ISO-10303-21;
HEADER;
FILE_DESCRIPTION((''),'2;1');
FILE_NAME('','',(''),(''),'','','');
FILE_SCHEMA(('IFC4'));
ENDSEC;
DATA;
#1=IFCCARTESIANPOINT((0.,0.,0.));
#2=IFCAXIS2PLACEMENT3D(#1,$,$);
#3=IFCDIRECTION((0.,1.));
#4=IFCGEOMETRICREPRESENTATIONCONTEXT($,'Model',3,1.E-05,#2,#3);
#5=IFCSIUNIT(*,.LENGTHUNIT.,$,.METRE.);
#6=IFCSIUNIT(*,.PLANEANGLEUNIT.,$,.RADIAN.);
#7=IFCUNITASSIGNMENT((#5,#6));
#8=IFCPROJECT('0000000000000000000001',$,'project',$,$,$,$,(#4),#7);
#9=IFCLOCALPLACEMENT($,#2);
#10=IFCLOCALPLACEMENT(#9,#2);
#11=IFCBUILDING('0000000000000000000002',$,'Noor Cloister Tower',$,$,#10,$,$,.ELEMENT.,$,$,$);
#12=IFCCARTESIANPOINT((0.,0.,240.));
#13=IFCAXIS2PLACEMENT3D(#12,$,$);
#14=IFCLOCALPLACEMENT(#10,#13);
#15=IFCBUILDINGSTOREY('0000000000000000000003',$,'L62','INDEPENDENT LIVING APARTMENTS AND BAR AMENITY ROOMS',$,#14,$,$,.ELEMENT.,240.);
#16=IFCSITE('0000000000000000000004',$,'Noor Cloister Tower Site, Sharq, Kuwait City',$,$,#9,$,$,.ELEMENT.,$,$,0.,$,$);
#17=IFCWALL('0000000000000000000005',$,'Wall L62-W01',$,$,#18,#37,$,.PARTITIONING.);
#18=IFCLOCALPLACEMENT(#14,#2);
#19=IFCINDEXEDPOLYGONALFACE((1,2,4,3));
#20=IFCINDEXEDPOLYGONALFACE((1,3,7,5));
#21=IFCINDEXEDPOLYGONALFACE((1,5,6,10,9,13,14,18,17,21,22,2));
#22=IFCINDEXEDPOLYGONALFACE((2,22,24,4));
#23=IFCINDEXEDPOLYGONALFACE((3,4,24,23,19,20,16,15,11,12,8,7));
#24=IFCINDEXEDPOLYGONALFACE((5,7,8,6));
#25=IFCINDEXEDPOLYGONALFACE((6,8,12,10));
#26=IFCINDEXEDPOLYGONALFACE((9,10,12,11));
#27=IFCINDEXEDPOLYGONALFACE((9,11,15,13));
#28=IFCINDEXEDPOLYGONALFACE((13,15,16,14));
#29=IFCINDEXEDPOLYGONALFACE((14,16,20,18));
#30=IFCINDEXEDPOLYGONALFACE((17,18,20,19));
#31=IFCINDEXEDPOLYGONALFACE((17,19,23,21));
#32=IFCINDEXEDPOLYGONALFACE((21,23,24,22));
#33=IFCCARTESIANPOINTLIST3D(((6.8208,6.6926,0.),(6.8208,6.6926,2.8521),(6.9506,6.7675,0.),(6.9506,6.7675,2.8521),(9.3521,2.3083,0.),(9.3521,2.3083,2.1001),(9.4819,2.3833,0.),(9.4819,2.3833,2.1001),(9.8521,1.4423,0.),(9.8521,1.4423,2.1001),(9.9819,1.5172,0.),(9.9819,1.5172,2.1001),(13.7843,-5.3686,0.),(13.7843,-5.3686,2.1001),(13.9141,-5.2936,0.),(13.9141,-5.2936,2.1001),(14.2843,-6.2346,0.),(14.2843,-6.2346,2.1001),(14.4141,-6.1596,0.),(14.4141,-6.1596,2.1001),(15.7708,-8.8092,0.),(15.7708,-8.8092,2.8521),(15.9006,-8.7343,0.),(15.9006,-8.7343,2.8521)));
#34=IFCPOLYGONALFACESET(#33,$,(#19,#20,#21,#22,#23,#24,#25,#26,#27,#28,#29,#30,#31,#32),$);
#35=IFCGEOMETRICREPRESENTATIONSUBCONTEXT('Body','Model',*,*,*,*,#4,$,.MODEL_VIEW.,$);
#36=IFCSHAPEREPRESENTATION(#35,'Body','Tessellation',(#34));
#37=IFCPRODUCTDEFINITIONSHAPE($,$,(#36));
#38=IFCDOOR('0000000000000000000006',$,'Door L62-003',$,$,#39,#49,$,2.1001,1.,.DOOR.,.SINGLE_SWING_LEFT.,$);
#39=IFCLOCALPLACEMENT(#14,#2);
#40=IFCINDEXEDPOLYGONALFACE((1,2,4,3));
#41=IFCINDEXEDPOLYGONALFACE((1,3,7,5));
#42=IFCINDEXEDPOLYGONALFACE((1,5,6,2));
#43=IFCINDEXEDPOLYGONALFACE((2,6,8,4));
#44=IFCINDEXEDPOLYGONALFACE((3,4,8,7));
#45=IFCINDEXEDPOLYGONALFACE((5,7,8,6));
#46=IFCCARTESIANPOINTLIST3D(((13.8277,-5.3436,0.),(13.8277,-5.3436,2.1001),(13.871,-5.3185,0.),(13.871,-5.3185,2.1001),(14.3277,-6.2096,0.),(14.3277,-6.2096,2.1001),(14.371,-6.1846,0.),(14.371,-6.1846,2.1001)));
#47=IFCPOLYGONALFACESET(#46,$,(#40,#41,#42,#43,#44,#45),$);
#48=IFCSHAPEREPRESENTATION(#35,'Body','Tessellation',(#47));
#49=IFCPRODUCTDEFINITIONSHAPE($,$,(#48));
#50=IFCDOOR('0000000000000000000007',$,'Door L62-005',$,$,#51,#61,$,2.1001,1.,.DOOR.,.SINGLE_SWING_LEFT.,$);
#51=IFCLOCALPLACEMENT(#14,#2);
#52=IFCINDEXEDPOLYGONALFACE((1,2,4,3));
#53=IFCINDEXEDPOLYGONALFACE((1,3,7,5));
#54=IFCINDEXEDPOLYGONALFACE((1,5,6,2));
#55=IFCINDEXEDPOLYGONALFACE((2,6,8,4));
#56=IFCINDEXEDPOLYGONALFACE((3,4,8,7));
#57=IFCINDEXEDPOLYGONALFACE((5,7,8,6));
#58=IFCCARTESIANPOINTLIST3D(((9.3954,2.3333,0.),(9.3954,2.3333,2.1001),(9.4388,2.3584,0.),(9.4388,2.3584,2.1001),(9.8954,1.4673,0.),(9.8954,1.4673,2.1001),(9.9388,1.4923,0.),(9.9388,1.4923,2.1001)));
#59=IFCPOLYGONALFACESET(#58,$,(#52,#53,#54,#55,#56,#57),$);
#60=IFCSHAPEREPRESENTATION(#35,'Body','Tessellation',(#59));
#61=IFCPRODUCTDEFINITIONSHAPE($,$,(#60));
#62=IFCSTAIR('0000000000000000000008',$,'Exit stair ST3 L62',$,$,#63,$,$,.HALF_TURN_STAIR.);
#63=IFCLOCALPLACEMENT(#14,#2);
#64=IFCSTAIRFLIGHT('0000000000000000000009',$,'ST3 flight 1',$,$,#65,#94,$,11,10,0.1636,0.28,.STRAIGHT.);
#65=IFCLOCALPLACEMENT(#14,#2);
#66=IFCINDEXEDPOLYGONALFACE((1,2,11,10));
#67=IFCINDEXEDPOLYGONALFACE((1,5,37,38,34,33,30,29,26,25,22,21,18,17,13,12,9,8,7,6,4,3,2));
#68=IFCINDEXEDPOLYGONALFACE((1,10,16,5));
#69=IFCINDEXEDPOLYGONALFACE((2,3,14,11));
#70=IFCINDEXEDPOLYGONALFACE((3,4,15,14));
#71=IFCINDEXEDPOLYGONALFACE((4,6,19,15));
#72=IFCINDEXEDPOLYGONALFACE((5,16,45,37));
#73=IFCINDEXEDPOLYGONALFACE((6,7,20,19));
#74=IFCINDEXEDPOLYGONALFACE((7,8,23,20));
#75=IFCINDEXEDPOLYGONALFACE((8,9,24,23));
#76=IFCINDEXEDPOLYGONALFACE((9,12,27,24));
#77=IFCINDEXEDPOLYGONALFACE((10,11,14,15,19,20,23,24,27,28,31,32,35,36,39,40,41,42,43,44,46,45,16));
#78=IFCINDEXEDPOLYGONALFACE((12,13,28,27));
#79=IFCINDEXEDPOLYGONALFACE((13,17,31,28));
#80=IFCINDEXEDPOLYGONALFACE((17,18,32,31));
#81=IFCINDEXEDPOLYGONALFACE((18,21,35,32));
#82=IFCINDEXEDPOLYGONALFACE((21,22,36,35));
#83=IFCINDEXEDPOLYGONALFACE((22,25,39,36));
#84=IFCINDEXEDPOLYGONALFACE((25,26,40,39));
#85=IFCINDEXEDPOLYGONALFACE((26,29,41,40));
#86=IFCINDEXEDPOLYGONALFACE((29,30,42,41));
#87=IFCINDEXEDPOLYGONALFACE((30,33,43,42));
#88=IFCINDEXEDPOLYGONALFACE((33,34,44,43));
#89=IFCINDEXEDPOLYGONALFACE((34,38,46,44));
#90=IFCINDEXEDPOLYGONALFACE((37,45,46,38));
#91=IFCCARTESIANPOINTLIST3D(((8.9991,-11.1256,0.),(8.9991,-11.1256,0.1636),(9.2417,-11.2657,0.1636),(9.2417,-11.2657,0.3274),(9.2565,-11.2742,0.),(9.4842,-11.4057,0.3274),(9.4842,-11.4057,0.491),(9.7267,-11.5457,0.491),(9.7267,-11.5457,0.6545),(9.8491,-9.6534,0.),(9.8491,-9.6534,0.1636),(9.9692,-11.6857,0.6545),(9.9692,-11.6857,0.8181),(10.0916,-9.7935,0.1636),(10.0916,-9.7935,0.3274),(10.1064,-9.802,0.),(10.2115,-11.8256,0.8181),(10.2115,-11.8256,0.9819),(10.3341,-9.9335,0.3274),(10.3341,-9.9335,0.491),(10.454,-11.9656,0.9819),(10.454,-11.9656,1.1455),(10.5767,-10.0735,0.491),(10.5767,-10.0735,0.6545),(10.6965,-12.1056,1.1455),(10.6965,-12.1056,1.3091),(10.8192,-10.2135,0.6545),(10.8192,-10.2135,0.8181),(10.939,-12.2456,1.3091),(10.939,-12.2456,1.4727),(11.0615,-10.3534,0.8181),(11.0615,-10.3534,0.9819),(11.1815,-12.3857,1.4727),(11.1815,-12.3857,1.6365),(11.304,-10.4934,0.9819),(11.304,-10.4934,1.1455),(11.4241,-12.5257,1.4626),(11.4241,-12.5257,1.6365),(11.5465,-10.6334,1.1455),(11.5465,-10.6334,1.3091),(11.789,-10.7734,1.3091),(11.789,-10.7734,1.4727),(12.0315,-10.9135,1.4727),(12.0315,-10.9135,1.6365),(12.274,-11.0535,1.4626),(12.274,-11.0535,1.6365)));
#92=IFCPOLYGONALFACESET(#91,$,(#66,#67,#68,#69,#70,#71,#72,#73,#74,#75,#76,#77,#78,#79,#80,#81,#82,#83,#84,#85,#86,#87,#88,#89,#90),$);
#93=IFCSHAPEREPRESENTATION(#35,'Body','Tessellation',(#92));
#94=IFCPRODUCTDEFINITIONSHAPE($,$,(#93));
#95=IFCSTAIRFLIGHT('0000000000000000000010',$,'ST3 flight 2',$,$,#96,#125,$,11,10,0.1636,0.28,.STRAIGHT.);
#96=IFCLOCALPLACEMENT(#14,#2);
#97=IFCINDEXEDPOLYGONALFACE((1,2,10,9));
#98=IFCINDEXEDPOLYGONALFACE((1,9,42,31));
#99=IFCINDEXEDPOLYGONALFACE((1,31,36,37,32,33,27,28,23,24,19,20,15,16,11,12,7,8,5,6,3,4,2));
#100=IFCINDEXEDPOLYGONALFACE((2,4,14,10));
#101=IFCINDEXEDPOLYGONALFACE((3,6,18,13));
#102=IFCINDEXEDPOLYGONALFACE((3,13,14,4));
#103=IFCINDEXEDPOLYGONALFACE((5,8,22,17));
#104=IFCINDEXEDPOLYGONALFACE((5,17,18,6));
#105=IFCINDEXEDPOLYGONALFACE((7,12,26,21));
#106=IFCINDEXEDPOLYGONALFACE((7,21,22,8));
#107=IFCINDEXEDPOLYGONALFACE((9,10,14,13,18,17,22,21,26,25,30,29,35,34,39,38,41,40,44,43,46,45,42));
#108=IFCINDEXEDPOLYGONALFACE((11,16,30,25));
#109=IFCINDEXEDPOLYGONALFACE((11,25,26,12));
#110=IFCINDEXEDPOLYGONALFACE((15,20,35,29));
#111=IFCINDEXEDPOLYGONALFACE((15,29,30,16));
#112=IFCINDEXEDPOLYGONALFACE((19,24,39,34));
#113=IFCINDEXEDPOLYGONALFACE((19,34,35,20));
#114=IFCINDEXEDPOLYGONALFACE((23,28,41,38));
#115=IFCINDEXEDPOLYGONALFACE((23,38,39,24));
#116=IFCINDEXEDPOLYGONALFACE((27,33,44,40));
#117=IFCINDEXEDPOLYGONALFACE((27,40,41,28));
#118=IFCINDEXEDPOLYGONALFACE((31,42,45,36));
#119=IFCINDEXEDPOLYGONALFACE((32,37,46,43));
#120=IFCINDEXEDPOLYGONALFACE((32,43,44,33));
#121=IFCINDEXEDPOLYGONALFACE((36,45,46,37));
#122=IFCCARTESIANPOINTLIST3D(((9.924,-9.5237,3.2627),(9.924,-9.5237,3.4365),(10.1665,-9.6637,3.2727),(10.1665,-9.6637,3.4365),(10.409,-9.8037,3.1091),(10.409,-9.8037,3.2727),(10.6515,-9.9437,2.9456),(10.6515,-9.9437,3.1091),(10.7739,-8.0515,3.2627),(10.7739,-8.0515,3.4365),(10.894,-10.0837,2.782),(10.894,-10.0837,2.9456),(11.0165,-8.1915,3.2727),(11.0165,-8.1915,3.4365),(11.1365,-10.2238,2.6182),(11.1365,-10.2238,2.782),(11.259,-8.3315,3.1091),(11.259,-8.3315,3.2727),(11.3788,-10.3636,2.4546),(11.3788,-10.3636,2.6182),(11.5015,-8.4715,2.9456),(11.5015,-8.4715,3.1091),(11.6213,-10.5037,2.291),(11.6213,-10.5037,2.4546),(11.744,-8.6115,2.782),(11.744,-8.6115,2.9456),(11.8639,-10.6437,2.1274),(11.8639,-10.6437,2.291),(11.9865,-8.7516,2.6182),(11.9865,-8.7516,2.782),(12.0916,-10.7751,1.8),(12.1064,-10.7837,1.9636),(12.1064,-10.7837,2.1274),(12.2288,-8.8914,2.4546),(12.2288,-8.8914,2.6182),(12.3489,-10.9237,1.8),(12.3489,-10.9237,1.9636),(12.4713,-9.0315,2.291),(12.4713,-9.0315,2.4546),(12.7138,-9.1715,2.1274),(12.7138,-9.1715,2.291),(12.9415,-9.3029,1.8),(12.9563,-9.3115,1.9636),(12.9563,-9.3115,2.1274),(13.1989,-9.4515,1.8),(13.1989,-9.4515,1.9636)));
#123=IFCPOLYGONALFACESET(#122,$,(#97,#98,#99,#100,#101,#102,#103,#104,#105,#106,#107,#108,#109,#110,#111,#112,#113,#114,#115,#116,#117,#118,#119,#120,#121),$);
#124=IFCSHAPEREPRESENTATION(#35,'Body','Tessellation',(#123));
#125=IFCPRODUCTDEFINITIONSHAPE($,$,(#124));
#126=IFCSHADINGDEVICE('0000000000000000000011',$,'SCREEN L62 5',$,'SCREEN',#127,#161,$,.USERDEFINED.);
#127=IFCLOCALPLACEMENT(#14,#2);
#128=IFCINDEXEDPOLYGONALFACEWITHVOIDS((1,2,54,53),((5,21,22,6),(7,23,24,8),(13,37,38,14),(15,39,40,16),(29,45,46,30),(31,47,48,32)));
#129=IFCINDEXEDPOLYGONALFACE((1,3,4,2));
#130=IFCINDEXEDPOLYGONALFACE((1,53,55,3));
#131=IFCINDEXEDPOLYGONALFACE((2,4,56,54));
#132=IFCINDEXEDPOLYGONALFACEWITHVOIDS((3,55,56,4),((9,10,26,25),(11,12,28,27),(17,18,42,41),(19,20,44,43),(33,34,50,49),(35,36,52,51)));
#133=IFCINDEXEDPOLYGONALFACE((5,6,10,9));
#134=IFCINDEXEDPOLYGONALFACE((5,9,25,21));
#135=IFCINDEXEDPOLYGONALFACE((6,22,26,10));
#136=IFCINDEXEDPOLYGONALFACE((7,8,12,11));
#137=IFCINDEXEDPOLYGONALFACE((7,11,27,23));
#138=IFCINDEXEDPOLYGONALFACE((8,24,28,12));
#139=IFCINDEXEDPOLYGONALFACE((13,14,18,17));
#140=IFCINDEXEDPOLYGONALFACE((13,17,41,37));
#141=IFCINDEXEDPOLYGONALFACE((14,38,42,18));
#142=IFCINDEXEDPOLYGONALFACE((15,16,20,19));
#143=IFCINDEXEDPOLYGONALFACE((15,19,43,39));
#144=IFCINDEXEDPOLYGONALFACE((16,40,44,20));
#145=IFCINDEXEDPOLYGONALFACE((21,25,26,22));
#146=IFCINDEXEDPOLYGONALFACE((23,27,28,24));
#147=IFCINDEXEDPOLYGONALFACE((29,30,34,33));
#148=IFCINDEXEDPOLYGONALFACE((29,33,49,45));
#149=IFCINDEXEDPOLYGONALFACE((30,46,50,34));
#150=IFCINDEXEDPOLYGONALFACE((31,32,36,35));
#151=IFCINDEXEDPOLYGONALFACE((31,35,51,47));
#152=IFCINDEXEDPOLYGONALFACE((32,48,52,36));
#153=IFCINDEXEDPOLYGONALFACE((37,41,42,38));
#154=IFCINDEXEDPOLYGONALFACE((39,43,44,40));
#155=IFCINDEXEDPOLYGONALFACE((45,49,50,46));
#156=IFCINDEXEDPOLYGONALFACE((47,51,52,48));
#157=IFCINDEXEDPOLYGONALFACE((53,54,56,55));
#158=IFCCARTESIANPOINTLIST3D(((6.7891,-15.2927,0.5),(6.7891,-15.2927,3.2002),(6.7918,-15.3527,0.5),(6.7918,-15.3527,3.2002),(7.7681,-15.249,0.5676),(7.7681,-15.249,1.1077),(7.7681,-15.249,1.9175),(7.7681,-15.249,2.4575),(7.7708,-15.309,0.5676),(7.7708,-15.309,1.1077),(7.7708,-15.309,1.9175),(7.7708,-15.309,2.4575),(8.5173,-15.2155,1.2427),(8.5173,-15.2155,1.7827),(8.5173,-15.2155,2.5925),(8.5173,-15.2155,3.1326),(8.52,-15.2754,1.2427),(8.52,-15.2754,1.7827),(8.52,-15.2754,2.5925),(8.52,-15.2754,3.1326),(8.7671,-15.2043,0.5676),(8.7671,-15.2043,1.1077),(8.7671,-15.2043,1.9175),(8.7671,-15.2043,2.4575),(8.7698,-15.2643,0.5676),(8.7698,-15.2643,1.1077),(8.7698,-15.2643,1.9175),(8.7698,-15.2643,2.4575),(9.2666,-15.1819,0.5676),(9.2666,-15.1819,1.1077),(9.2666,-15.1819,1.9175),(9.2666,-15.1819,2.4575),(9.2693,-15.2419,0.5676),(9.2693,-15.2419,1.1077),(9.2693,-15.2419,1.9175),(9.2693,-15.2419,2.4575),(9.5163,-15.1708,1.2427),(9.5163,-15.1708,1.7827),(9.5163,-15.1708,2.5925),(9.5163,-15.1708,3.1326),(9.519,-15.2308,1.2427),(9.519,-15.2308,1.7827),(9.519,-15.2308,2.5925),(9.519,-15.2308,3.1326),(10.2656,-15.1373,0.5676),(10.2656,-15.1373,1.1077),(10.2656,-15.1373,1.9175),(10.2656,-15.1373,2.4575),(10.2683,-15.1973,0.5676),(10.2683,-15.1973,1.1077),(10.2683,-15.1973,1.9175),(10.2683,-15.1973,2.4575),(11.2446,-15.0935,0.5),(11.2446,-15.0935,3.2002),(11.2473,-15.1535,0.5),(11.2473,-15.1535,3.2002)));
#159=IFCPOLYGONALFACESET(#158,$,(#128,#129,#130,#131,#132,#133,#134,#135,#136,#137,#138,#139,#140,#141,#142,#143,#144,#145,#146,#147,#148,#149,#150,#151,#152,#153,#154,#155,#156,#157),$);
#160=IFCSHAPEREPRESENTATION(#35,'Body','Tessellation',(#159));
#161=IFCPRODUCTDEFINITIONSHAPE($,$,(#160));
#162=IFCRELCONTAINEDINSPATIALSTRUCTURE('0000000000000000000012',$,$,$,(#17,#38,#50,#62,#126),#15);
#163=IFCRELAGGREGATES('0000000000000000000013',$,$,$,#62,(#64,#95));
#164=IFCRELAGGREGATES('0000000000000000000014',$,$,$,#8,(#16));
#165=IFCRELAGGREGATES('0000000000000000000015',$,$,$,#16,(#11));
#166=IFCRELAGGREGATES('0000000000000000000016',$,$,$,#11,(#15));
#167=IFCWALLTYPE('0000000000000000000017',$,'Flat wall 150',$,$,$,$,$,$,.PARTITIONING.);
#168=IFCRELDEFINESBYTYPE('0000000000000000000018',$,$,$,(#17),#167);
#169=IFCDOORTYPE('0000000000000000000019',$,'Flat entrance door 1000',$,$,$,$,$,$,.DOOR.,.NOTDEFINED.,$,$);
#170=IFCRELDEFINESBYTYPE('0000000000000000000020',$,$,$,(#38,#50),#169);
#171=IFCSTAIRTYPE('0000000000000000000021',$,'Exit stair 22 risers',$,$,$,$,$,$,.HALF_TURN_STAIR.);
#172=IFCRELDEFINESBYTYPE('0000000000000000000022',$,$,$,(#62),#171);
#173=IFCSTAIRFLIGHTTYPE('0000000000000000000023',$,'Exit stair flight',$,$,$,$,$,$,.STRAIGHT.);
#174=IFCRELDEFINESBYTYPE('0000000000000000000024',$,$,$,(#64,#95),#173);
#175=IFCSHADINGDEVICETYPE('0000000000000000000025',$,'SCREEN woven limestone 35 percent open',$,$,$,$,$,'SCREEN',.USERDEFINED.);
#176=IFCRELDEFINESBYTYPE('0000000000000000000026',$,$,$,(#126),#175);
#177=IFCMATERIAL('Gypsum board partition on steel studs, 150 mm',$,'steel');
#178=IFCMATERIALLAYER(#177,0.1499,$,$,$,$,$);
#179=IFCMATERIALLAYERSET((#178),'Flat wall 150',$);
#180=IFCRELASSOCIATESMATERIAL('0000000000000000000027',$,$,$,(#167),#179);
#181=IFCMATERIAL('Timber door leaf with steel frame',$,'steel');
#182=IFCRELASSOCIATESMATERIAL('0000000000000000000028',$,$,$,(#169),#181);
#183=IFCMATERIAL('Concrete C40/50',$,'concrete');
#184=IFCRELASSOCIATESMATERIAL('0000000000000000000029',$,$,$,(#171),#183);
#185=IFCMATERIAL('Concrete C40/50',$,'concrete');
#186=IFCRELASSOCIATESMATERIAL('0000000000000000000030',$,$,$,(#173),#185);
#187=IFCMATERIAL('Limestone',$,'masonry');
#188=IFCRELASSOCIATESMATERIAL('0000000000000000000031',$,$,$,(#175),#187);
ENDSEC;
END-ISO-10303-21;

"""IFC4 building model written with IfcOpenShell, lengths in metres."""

from ifc_helpers import new_model, si_unit, direction, frame, frame_2d, origin, place, context, subcontext, project, spatial, polyline, rectangle, outline, extrude, material, layer, layer_set, material_profile, profile_set, type_object, element, fill, aggregate, save


model = new_model("IFC4")

# Units and contexts
model_context = context("Model", 3, precision=1e-05, world=origin(), true_north=direction((0.0, 1.0)))
body_context = subcontext(model_context, "Body", "Model", "MODEL_VIEW")
ifc_project = project(units=[si_unit("LENGTHUNIT", "METRE"), si_unit("PLANEANGLEUNIT", "RADIAN")], contexts=[model_context])

# Site, building, storey
site_placement = place(None, origin())
site = spatial("IfcSite", under=ifc_project, at=site_placement, Name="Noor Cloister Tower Site, Sharq, Kuwait City", CompositionType="ELEMENT", RefElevation=0.0)
building_placement = place(site_placement, origin())
building = spatial("IfcBuilding", under=site, at=building_placement, Name="Noor Cloister Tower", CompositionType="ELEMENT")
storey_placement = place(building_placement, frame((0.0, 0.0, 240.0)))
storey = spatial("IfcBuildingStorey", under=building, at=storey_placement, Name="L62", Description="INDEPENDENT LIVING APARTMENTS AND BAR AMENITY ROOMS", CompositionType="ELEMENT", Elevation=240.0)

# Wall, openings, doors
ifc_material_1 = material(Name="Gypsum board partition on steel studs, 150 mm", Category="steel")
ifc_layer_1 = layer(ifc_material_1, 0.1499)
ifc_layer_set_1 = layer_set([ifc_layer_1], Name="Flat wall 150")
wall_type = type_object("IfcWallType", Name="Flat wall 150", PredefinedType="PARTITIONING", material=ifc_layer_set_1)
wall_placement = place(storey_placement, frame((15.8357, -8.7717, 0.0), z_axis=(0.0, 0.0, 1.0), x_axis=(-0.500001, 0.866025, 0.0)))
wall = element("IfcWall", 1, at=wall_placement, inside=storey, type_object=wall_type, Name="Wall L62-W01", PredefinedType="PARTITIONING", context=body_context, shape_type="SweptSolid", body=[
    extrude(rectangle(XDim=17.8999, YDim=0.1499, at=frame_2d((8.95, 0.0))), origin(), (0.0, 0.0, 1.0), 2.8521),
])
opening_1_placement = place(wall_placement, frame((2.9729, 0.0, 0.0)))
opening_1 = element("IfcOpeningElement", 2, at=opening_1_placement, cuts=wall, PredefinedType="OPENING", context=body_context, shape_type="SweptSolid", body=[
    extrude(rectangle(XDim=1.0, YDim=2.1001, at=frame_2d((0.5, 1.05))), frame((0.0, 0.085, 0.0), z_axis=(0.0, -1.0, 0.0), x_axis=(1.0, 0.0, 0.0)), (0.0, 0.0, 1.0), 0.1699),
])
opening_2_placement = place(wall_placement, frame((11.8374, 0.0, 0.0)))
opening_2 = element("IfcOpeningElement", 3, at=opening_2_placement, cuts=wall, PredefinedType="OPENING", context=body_context, shape_type="SweptSolid", body=[
    extrude(rectangle(XDim=1.0, YDim=2.1001, at=frame_2d((0.5, 1.05))), frame((0.0, 0.085, 0.0), z_axis=(0.0, -1.0, 0.0), x_axis=(1.0, 0.0, 0.0)), (0.0, 0.0, 1.0), 0.1699),
])
ifc_material_2 = material(Name="Timber door leaf with steel frame", Category="steel")
door_type = type_object("IfcDoorType", Name="Flat entrance door 1000", OperationType="NOTDEFINED", PredefinedType="DOOR", material=ifc_material_2)
door_1_placement = place(opening_1_placement, origin())
door_1 = element("IfcDoor", 4, at=door_1_placement, inside=storey, type_object=door_type, Name="Door L62-003", OperationType="SINGLE_SWING_LEFT", OverallHeight=2.1001, OverallWidth=1.0, PredefinedType="DOOR", context=body_context, shape_type="SweptSolid", body=[
    extrude(rectangle(XDim=1.0, YDim=2.1001, at=frame_2d((0.5, 1.05))), frame((0.0, 0.0249, 0.0), z_axis=(0.0, -1.0, 0.0), x_axis=(1.0, 0.0, 0.0)), (0.0, 0.0, 1.0), 0.05),
])
fill(opening_1, door_1)
door_2_placement = place(opening_2_placement, origin())
door_2 = element("IfcDoor", 5, at=door_2_placement, inside=storey, type_object=door_type, Name="Door L62-005", OperationType="SINGLE_SWING_LEFT", OverallHeight=2.1001, OverallWidth=1.0, PredefinedType="DOOR", context=body_context, shape_type="SweptSolid", body=[
    extrude(rectangle(XDim=1.0, YDim=2.1001, at=frame_2d((0.5, 1.05))), frame((0.0, 0.0249, 0.0), z_axis=(0.0, -1.0, 0.0), x_axis=(1.0, 0.0, 0.0)), (0.0, 0.0, 1.0), 0.05),
])
fill(opening_2, door_2)

# Stair, stair flights
ifc_material_3 = material(Name="Concrete C40/50", Category="concrete")
stair_type = type_object("IfcStairType", Name="Exit stair 22 risers", PredefinedType="HALF_TURN_STAIR", material=ifc_material_3)
stair_placement = place(storey_placement, origin())
stair = element("IfcStair", 6, at=stair_placement, inside=storey, type_object=stair_type, Name="Exit stair ST3 L62", PredefinedType="HALF_TURN_STAIR")
ifc_material_4 = material(Name="Concrete C40/50", Category="concrete")
stair_flight_type = type_object("IfcStairFlightType", Name="Exit stair flight", PredefinedType="STRAIGHT", material=ifc_material_4)
stair_flight_1_placement = place(storey_placement, frame((9.4241, -10.3896, 0.0), z_axis=(0.0, 0.0, 1.0), x_axis=(0.866025, -0.5, 0.0)))
stair_flight_1 = element("IfcStairFlight", 7, at=stair_flight_1_placement, type_object=stair_flight_type, Name="ST3 flight 1", NumberOfRisers=11, NumberOfTreads=10, PredefinedType="STRAIGHT", RiserHeight=0.1636, TreadLength=0.28, context=body_context, shape_type="SweptSolid", body=[
    extrude(outline(polyline([(0.0, 0.0), (0.0, 0.1636), (0.28, 0.1636), (0.28, 0.3274), (0.5601, 0.3274), (0.5601, 0.491), (0.8401, 0.491), (0.8401, 0.6545), (1.1201, 0.6545), (1.1201, 0.8181), (1.3999, 0.8181), (1.3999, 0.9819), (1.6799, 0.9819), (1.6799, 1.1455), (1.96, 1.1455), (1.96, 1.3091), (2.24, 1.3091), (2.24, 1.4727), (2.52, 1.4727), (2.52, 1.6365), (2.8, 1.6365), (2.8, 1.8), (2.8, 1.4626), (0.2971, 0.0), (0.0, 0.0)])), frame((0.0, 0.8501, 0.0), z_axis=(0.0, -1.0, 0.0), x_axis=(1.0, 0.0, 0.0)), (0.0, 0.0, 1.0), 1.7),
])
stair_flight_2_placement = place(storey_placement, frame((12.7739, -10.1875, 1.8), z_axis=(0.0, 0.0, 1.0), x_axis=(-0.866025, 0.5, 0.0)))
stair_flight_2 = element("IfcStairFlight", 8, at=stair_flight_2_placement, type_object=stair_flight_type, Name="ST3 flight 2", NumberOfRisers=11, NumberOfTreads=10, PredefinedType="STRAIGHT", RiserHeight=0.1636, TreadLength=0.28, context=body_context, shape_type="SweptSolid", body=[
    extrude(outline(polyline([(0.0, 0.0), (0.0, 0.1636), (0.28, 0.1636), (0.28, 0.3274), (0.5601, 0.3274), (0.5601, 0.491), (0.8401, 0.491), (0.8401, 0.6545), (1.1201, 0.6545), (1.1201, 0.8181), (1.3999, 0.8181), (1.3999, 0.9819), (1.6799, 0.9819), (1.6799, 1.1455), (1.96, 1.1455), (1.96, 1.3091), (2.24, 1.3091), (2.24, 1.4727), (2.52, 1.4727), (2.52, 1.6365), (2.8, 1.6365), (2.8, 1.8), (2.8, 1.4626), (0.2971, 0.0), (0.0, 0.0)])), frame((0.0, 0.8501, 0.0), z_axis=(0.0, -1.0, 0.0), x_axis=(1.0, 0.0, 0.0)), (0.0, 0.0, 1.0), 1.7),
])
aggregate(stair, [stair_flight_1, stair_flight_2])

# Shading device
ifc_material_5 = material(Name="Limestone", Category="masonry")
ifc_material_profile_1 = material_profile(ifc_material_5, outline(polyline([(-2.23, -1.3501), (2.23, -1.3501), (2.23, 1.3501), (-2.23, 1.3501), (-2.23, -1.3501)]), holes=[polyline([(-1.25, -1.2825), (-0.25, -1.2825), (-0.25, -0.7424), (-1.25, -0.7424), (-1.25, -1.2825)]), polyline([(0.25, -1.2825), (1.25, -1.2825), (1.25, -0.7424), (0.25, -0.7424), (0.25, -1.2825)]), polyline([(-0.5, -0.6074), (0.5, -0.6074), (0.5, -0.0674), (-0.5, -0.0674), (-0.5, -0.6074)]), polyline([(-1.25, 0.0674), (-0.25, 0.0674), (-0.25, 0.6074), (-1.25, 0.6074), (-1.25, 0.0674)]), polyline([(0.25, 0.0674), (1.25, 0.0674), (1.25, 0.6074), (0.25, 0.6074), (0.25, 0.0674)]), polyline([(-0.5, 0.7424), (0.5, 0.7424), (0.5, 1.2825), (-0.5, 1.2825), (-0.5, 0.7424)])]), Name="Woven screen 35 percent open")
ifc_profile_set_1 = profile_set([ifc_material_profile_1], Name="Limestone")
shading_device_type = type_object("IfcShadingDeviceType", Name="SCREEN woven limestone 35 percent open", ElementType="SCREEN", PredefinedType="USERDEFINED", material=ifc_profile_set_1)
shading_device_placement = place(storey_placement, frame((9.0168, -15.1931, 1.8501), z_axis=(0.044671, -0.999002, 0.0), x_axis=(0.999002, 0.044671, 0.0)))
element("IfcShadingDevice", 9, at=shading_device_placement, inside=storey, type_object=shading_device_type, Name="SCREEN L62 5", ObjectType="SCREEN", PredefinedType="USERDEFINED", context=body_context, shape_type="SweptSolid", body=[
    extrude(outline(polyline([(-2.23, -1.3501), (2.23, -1.3501), (2.23, 1.3501), (-2.23, 1.3501), (-2.23, -1.3501)]), holes=[polyline([(-1.25, -1.2825), (-0.25, -1.2825), (-0.25, -0.7424), (-1.25, -0.7424), (-1.25, -1.2825)]), polyline([(0.25, -1.2825), (1.25, -1.2825), (1.25, -0.7424), (0.25, -0.7424), (0.25, -1.2825)]), polyline([(-0.5, -0.6074), (0.5, -0.6074), (0.5, -0.0674), (-0.5, -0.0674), (-0.5, -0.6074)]), polyline([(-1.25, 0.0674), (-0.25, 0.0674), (-0.25, 0.6074), (-1.25, 0.6074), (-1.25, 0.0674)]), polyline([(0.25, 0.0674), (1.25, 0.0674), (1.25, 0.6074), (0.25, 0.6074), (0.25, 0.0674)]), polyline([(-0.5, 0.7424), (0.5, 0.7424), (0.5, 1.2825), (-0.5, 1.2825), (-0.5, 0.7424)])]), origin(), (0.0, 0.0, 1.0), 0.0601),
])

save(model, "model.ifc")
